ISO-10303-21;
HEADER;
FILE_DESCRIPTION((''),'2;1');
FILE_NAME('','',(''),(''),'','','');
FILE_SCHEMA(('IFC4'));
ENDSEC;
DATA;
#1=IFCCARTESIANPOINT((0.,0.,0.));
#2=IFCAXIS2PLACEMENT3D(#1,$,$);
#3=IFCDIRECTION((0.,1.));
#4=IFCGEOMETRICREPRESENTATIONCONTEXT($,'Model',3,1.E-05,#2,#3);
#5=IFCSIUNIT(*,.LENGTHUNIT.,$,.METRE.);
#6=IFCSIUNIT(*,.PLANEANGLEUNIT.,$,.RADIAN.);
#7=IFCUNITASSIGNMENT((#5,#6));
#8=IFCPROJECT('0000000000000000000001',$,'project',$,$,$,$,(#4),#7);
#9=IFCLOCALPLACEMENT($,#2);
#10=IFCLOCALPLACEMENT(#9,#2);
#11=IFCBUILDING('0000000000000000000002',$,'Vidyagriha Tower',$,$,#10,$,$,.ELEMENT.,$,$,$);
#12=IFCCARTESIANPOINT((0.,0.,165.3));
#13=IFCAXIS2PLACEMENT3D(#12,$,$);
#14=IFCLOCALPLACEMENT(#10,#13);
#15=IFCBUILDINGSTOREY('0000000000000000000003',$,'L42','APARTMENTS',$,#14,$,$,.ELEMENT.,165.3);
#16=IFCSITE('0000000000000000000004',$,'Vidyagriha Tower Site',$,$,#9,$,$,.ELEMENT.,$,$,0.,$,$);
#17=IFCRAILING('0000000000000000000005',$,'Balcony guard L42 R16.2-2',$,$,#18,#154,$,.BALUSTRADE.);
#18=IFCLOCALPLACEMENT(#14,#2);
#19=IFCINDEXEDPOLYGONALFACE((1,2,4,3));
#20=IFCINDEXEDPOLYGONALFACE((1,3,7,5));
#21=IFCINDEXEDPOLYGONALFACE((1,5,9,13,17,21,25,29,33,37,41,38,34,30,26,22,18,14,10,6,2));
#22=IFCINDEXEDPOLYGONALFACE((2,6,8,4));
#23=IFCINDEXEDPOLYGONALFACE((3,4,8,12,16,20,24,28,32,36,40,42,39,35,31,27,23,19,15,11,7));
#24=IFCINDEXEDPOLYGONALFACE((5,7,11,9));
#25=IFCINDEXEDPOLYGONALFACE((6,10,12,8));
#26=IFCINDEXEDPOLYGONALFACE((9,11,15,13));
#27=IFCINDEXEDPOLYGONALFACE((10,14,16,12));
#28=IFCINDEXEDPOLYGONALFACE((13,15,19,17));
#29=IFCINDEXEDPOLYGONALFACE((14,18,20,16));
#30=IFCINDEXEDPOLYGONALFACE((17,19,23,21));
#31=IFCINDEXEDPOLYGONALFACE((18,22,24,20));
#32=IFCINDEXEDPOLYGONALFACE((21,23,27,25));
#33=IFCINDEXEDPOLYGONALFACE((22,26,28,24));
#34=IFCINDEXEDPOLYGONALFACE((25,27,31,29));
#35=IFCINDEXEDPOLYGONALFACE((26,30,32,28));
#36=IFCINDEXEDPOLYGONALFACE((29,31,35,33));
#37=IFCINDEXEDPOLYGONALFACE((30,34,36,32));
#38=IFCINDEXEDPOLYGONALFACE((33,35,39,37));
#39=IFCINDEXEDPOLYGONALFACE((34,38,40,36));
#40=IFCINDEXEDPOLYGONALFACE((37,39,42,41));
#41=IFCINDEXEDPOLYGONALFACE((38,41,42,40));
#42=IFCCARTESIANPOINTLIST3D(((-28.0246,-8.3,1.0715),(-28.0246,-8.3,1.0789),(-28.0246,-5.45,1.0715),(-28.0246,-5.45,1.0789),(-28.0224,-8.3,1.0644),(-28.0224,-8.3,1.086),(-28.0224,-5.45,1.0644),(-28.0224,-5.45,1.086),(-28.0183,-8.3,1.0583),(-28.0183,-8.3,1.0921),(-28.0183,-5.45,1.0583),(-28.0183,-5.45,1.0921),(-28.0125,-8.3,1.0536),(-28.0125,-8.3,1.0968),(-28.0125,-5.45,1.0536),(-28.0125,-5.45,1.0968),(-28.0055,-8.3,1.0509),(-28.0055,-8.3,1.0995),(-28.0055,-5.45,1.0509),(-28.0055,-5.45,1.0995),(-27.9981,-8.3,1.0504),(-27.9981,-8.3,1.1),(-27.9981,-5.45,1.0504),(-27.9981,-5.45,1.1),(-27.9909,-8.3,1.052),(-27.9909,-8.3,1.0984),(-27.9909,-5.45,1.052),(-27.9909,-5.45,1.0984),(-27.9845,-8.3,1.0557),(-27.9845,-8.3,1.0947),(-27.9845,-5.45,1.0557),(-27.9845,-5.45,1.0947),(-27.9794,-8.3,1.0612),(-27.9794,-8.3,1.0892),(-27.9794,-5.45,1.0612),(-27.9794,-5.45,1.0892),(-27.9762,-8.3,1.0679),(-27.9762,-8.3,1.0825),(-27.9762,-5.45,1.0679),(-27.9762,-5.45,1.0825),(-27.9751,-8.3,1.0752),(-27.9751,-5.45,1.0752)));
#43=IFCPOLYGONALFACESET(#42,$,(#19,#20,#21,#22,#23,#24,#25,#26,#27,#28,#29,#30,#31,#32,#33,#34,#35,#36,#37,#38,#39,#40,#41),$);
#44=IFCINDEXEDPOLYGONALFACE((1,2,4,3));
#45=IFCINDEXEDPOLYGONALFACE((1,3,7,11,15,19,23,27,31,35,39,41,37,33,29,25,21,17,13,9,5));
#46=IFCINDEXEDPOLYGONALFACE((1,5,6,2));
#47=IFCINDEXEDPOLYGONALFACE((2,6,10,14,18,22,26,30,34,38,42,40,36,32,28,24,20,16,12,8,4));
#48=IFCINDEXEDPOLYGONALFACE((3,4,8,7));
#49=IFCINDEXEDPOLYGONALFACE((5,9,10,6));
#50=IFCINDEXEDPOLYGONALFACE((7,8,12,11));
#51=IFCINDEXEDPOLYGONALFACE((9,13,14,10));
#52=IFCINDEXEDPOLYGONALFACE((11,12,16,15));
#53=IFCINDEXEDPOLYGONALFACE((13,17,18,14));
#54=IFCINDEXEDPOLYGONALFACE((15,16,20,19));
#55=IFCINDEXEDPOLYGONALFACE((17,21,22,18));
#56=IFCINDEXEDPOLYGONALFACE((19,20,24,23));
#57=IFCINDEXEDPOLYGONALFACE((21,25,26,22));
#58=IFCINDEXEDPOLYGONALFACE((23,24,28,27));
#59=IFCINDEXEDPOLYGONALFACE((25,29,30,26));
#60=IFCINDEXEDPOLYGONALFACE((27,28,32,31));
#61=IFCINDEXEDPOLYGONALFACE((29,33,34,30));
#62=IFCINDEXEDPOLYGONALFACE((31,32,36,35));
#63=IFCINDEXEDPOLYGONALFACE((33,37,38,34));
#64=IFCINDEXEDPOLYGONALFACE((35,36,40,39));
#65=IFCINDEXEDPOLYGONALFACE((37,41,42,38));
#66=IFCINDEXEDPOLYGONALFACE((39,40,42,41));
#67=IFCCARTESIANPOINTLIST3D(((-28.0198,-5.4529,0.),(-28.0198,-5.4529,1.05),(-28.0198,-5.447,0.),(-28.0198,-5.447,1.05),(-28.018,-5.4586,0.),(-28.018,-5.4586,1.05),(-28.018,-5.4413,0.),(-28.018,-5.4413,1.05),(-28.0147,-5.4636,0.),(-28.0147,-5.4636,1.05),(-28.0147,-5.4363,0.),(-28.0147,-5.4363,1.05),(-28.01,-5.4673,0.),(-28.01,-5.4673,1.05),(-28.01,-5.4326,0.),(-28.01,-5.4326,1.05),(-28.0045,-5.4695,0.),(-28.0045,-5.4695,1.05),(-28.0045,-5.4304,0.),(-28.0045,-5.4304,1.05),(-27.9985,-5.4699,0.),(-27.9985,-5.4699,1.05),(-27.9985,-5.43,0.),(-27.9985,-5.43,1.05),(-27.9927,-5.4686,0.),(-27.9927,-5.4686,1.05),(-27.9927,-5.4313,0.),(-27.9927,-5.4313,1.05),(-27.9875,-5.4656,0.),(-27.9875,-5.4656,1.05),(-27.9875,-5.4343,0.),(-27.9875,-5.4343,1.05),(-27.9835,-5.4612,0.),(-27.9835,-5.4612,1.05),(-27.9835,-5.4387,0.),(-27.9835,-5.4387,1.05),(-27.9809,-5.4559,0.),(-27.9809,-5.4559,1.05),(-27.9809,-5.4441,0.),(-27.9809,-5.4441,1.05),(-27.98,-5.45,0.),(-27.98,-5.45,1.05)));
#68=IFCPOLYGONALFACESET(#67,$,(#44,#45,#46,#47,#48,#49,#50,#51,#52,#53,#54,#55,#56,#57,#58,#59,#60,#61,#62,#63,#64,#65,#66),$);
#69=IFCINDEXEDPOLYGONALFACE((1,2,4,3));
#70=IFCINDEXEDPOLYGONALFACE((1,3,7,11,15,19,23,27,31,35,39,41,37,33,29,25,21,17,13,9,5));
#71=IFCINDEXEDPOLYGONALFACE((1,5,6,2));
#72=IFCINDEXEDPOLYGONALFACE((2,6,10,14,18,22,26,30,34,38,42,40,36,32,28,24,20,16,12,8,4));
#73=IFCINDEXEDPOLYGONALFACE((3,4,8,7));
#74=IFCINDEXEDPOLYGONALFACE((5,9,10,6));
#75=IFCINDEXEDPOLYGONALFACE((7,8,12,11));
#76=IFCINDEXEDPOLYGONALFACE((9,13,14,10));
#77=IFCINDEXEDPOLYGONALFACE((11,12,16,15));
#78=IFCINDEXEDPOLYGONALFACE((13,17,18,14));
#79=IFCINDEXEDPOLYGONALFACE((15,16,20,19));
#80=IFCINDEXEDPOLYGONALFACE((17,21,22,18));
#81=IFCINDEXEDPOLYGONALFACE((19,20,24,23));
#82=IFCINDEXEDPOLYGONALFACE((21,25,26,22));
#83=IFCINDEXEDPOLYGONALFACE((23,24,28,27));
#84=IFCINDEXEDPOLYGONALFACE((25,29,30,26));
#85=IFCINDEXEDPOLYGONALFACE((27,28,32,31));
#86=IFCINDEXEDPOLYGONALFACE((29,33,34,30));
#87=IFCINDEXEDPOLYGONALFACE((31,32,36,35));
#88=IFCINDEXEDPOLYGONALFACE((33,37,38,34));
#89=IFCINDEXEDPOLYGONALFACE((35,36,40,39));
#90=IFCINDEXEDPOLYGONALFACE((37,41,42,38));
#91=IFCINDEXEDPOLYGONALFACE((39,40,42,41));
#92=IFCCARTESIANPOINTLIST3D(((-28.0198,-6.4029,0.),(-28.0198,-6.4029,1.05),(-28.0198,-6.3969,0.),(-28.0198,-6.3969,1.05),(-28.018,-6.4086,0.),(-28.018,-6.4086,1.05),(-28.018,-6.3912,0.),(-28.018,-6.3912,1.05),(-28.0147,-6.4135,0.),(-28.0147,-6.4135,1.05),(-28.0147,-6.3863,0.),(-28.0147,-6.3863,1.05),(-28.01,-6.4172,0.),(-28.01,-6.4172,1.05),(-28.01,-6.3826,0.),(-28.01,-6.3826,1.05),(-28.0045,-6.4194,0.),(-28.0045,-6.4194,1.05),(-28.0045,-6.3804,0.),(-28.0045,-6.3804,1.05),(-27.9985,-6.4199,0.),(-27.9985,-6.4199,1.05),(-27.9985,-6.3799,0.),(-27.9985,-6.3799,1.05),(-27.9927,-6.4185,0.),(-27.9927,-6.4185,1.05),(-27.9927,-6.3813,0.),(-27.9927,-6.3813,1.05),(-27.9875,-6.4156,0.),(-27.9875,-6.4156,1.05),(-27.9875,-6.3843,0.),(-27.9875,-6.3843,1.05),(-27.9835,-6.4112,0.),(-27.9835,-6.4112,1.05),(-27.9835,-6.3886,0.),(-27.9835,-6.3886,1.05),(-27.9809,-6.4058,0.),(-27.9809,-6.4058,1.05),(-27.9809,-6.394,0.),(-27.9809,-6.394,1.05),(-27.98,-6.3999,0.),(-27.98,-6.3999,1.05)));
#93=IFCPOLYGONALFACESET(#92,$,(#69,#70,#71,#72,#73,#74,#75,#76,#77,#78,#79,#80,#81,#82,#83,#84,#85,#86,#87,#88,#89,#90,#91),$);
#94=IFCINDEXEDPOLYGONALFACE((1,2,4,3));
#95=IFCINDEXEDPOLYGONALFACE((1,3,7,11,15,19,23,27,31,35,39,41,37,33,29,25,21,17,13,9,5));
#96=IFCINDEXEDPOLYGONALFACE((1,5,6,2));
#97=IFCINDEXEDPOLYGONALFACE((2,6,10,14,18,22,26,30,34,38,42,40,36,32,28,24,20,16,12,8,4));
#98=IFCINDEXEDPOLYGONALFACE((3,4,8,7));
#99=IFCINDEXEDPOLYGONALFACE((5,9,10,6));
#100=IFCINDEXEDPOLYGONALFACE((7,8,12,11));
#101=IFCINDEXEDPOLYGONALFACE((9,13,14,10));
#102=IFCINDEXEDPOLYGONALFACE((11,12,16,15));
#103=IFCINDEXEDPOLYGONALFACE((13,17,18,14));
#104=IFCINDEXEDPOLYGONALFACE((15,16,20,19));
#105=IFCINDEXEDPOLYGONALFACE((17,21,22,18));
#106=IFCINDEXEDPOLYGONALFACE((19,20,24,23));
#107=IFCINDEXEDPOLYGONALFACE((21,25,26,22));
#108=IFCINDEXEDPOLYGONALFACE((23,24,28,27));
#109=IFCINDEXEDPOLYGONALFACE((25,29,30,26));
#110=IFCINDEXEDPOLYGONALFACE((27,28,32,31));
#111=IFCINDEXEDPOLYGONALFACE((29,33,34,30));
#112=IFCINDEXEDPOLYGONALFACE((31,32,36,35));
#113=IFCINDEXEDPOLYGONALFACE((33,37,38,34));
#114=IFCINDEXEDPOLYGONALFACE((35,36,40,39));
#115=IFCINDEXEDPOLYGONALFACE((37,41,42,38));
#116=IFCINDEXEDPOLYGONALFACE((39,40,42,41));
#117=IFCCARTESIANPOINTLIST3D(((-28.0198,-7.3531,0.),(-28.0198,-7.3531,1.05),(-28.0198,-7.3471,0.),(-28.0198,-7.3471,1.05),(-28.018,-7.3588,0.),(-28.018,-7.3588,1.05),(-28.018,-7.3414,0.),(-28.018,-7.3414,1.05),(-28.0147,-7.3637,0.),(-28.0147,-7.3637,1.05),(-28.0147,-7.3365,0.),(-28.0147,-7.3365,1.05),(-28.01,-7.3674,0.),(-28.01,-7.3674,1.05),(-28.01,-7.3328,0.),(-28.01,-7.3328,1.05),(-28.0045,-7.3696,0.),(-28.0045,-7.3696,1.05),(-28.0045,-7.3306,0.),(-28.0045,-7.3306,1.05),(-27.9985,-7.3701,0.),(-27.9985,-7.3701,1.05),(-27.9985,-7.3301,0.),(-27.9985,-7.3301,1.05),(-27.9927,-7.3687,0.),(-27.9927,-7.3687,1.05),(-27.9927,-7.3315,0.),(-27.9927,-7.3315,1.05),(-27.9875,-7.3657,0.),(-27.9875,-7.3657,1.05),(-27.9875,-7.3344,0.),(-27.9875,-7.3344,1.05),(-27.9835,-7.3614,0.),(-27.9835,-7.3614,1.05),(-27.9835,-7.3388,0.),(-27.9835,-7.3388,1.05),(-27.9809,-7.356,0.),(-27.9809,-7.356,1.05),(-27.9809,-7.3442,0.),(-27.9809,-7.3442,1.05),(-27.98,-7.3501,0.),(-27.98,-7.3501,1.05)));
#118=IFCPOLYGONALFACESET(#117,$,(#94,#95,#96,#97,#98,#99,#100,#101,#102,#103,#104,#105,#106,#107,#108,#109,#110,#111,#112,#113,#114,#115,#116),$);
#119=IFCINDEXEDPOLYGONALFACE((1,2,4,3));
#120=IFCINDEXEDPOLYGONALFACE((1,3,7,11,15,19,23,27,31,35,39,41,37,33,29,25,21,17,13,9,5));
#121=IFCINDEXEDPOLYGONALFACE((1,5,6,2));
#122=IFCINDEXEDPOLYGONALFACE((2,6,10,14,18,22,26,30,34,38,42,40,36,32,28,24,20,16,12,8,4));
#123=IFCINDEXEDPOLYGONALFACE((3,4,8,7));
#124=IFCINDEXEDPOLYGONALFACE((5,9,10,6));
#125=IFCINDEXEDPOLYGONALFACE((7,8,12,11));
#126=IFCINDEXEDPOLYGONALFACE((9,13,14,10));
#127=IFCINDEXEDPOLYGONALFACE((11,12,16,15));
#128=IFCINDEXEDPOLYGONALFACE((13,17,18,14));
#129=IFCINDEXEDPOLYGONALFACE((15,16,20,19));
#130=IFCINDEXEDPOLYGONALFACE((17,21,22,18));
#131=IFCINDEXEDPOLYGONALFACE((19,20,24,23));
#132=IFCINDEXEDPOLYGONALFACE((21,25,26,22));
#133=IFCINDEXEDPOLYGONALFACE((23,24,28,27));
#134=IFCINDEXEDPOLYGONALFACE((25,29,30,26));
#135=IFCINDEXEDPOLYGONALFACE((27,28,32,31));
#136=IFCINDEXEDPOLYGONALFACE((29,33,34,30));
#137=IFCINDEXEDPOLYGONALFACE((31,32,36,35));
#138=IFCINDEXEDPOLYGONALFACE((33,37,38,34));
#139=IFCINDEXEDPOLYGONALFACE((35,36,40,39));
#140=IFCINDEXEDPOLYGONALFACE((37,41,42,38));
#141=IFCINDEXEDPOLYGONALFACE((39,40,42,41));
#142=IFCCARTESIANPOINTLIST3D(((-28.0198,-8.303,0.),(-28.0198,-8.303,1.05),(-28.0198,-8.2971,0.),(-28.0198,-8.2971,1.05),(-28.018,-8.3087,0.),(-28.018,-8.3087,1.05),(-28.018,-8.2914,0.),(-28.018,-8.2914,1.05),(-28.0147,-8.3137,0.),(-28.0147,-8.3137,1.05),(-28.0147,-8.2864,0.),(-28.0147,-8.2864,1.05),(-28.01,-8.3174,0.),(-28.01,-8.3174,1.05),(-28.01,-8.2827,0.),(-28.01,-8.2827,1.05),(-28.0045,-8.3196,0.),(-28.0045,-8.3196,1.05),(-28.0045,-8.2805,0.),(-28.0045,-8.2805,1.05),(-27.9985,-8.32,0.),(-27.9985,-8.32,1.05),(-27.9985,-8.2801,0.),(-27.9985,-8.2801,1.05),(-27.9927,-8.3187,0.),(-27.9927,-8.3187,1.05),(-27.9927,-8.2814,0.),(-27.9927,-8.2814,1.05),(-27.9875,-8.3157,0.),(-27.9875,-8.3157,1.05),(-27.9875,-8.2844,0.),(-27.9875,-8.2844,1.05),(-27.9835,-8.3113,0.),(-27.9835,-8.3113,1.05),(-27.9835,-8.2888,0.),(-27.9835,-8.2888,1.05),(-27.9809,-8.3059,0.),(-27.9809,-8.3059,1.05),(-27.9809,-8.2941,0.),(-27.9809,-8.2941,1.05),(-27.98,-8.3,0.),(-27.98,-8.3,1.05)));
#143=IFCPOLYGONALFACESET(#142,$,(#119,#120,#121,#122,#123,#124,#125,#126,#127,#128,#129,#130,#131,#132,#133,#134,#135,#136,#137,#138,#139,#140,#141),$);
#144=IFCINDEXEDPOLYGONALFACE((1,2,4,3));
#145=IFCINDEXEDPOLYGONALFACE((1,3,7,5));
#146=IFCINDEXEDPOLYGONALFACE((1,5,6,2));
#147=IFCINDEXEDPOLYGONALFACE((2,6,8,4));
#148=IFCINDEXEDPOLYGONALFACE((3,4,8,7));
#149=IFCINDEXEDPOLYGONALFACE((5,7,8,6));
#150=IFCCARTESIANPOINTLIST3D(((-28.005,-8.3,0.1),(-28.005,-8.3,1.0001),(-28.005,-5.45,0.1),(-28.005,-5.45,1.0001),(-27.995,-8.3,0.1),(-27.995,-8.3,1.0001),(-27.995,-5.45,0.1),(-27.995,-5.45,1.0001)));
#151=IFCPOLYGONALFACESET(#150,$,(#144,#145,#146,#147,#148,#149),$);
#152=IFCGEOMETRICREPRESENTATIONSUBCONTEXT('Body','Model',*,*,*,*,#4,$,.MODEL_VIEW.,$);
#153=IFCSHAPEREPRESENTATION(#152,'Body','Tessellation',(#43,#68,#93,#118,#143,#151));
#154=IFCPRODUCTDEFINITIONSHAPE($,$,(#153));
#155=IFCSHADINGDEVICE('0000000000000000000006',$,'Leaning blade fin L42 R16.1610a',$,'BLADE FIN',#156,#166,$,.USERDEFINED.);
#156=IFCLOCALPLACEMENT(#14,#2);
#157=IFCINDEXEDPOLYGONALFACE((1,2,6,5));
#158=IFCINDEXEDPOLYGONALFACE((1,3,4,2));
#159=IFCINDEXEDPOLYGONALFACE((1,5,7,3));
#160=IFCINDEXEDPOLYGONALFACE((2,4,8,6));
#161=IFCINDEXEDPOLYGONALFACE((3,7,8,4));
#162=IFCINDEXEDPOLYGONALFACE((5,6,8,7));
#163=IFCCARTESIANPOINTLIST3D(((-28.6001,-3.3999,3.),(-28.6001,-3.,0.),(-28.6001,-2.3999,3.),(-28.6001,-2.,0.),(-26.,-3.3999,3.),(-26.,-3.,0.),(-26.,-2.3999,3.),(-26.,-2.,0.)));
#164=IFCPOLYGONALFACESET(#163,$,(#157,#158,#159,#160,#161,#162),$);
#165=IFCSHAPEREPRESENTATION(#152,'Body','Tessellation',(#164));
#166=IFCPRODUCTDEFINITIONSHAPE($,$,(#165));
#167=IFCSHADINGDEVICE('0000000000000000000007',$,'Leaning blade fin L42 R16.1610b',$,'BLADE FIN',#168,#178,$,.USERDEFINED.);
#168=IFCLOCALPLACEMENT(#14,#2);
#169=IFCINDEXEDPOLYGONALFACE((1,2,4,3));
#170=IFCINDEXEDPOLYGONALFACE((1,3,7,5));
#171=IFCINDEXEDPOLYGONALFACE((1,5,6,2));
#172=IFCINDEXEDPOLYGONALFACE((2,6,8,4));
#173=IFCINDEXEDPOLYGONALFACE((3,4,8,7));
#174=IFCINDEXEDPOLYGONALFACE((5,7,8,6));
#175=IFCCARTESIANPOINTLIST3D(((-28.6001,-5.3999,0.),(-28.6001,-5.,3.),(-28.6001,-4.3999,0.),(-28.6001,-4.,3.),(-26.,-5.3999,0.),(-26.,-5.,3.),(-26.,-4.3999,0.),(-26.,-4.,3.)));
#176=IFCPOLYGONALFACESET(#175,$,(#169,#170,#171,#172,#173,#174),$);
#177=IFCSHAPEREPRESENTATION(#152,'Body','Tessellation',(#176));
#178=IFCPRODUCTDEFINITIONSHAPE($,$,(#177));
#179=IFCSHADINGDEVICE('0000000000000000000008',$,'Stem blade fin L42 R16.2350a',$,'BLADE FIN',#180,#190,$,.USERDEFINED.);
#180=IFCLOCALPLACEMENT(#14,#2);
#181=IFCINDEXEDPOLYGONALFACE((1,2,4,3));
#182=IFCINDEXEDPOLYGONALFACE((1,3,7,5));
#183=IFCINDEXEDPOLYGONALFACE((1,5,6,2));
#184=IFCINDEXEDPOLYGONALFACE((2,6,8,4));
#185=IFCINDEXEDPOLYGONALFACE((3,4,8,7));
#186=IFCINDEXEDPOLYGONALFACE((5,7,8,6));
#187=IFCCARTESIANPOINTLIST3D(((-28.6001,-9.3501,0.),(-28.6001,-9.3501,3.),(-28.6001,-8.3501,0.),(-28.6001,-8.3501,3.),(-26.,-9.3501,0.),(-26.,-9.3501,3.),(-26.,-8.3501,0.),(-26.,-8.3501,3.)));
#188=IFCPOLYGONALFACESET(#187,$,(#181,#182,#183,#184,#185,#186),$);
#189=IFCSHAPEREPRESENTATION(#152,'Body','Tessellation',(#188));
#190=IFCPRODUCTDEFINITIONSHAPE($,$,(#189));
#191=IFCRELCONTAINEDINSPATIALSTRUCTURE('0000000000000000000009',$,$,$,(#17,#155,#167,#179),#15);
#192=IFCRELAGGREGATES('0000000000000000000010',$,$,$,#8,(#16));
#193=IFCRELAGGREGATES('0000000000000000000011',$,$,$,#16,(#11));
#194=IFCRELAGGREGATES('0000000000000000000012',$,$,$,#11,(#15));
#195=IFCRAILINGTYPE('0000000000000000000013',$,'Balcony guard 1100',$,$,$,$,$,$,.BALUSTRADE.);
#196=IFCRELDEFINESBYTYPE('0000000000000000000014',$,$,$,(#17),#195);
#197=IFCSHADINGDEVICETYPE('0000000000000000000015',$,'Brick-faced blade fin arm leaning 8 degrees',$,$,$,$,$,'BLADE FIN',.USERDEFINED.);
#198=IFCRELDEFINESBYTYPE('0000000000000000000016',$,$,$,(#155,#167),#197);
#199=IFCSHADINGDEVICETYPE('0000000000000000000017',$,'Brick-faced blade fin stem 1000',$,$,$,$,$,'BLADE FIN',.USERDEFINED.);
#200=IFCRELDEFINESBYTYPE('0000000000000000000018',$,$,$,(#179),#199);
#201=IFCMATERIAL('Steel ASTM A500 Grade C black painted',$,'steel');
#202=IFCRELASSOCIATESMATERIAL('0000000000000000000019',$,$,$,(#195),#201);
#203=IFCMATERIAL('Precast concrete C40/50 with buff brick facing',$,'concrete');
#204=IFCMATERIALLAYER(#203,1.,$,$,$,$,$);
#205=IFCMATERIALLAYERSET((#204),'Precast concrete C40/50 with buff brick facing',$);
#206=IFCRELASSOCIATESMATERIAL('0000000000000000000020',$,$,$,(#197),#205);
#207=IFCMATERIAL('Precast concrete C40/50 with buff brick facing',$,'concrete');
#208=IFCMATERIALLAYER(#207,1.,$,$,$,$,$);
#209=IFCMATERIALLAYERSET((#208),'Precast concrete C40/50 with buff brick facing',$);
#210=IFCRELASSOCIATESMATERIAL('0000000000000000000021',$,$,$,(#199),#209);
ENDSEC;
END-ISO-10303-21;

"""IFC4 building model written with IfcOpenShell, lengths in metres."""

from ifc_helpers import new_model, si_unit, direction, frame, origin, origin_2d, place, context, subcontext, project, spatial, polyline, rectangle, circle, outline, extrude, material, layer, layer_set, type_object, element, save


model = new_model("IFC4")

# Units and contexts
model_context = context("Model", 3, precision=1e-05, world=origin(), true_north=direction((0.0, 1.0)))
body_context = subcontext(model_context, "Body", "Model", "MODEL_VIEW")
ifc_project = project(units=[si_unit("LENGTHUNIT", "METRE"), si_unit("PLANEANGLEUNIT", "RADIAN")], contexts=[model_context])

# Site, building, storey
site_placement = place(None, origin())
site = spatial("IfcSite", under=ifc_project, at=site_placement, Name="Vidyagriha Tower Site", CompositionType="ELEMENT", RefElevation=0.0)
building_placement = place(site_placement, origin())
building = spatial("IfcBuilding", under=site, at=building_placement, Name="Vidyagriha Tower", CompositionType="ELEMENT")
storey_placement = place(building_placement, frame((0.0, 0.0, 165.3)))
storey = spatial("IfcBuildingStorey", under=building, at=storey_placement, Name="L42", Description="APARTMENTS", CompositionType="ELEMENT", Elevation=165.3)

# Railing
ifc_material_1 = material(Name="Steel ASTM A500 Grade C black painted", Category="steel")
railing_type_1 = type_object("IfcRailingType", Name="Balcony guard 1100", PredefinedType="BALUSTRADE", material=ifc_material_1)
railing_1_placement = place(storey_placement, frame((-28.0, -5.45, 0.0)))
element("IfcRailing", 1, at=railing_1_placement, inside=storey, type_object=railing_type_1, Name="Balcony guard L42 R16.2-2", PredefinedType="BALUSTRADE", context=body_context, shape_type="SweptSolid", body=[
    extrude(circle(Radius=0.0249, at=origin_2d()), frame((0.0, 0.0, 1.0752), z_axis=(0.0, -1.0, 0.0), x_axis=(1.0, 0.0, 0.0)), (0.0, 0.0, 1.0), 2.8501),
    extrude(circle(Radius=0.02, at=origin_2d()), origin(), (0.0, 0.0, 1.0), 1.05),
    extrude(circle(Radius=0.02, at=origin_2d()), frame((0.0, -0.95, 0.0)), (0.0, 0.0, 1.0), 1.05),
    extrude(circle(Radius=0.02, at=origin_2d()), frame((0.0, -1.9001, 0.0)), (0.0, 0.0, 1.0), 1.05),
    extrude(circle(Radius=0.02, at=origin_2d()), frame((0.0, -2.8501, 0.0)), (0.0, 0.0, 1.0), 1.05),
    extrude(rectangle(XDim=0.01, YDim=0.9001, at=origin_2d()), frame((0.0, 0.0, 0.55), z_axis=(0.0, -1.0, 0.0), x_axis=(1.0, 0.0, 0.0)), (0.0, 0.0, 1.0), 2.8501),
])

# Shading devices
ifc_material_2 = material(Name="Precast concrete C40/50 with buff brick facing", Category="concrete")
ifc_layer_1 = layer(ifc_material_2, 1.0)
ifc_layer_set_1 = layer_set([ifc_layer_1], Name="Precast concrete C40/50 with buff brick facing")
shading_device_type_1 = type_object("IfcShadingDeviceType", Name="Brick-faced blade fin arm leaning 8 degrees", ElementType="BLADE FIN", PredefinedType="USERDEFINED", material=ifc_layer_set_1)
shading_device_1_placement = place(storey_placement, frame((-27.3, -2.0, 0.0), z_axis=(0.0, 0.0, 1.0), x_axis=(0.0, -1.0, 0.0)))
element("IfcShadingDevice", 2, at=shading_device_1_placement, inside=storey, type_object=shading_device_type_1, Name="Leaning blade fin L42 R16.1610a", ObjectType="BLADE FIN", PredefinedType="USERDEFINED", context=body_context, shape_type="SweptSolid", body=[
    extrude(outline(polyline([(0.0, 0.0), (1.0, 0.0), (1.3999, 3.0), (0.3999, 3.0), (0.0, 0.0)])), frame((0.0, 1.3, 0.0), z_axis=(0.0, -1.0, 0.0), x_axis=(1.0, 0.0, 0.0)), (0.0, 0.0, 1.0), 2.6001),
])
shading_device_2_placement = place(storey_placement, frame((-27.3, -4.0, 0.0), z_axis=(0.0, 0.0, 1.0), x_axis=(0.0, -1.0, 0.0)))
element("IfcShadingDevice", 3, at=shading_device_2_placement, inside=storey, type_object=shading_device_type_1, Name="Leaning blade fin L42 R16.1610b", ObjectType="BLADE FIN", PredefinedType="USERDEFINED", context=body_context, shape_type="SweptSolid", body=[
    extrude(outline(polyline([(0.3999, 0.0), (1.3999, 0.0), (1.0, 3.0), (0.0, 3.0), (0.3999, 0.0)])), frame((0.0, 1.3, 0.0), z_axis=(0.0, -1.0, 0.0), x_axis=(1.0, 0.0, 0.0)), (0.0, 0.0, 1.0), 2.6001),
])
ifc_material_3 = material(Name="Precast concrete C40/50 with buff brick facing", Category="concrete")
ifc_layer_2 = layer(ifc_material_3, 1.0)
ifc_layer_set_2 = layer_set([ifc_layer_2], Name="Precast concrete C40/50 with buff brick facing")
shading_device_type_2 = type_object("IfcShadingDeviceType", Name="Brick-faced blade fin stem 1000", ElementType="BLADE FIN", PredefinedType="USERDEFINED", material=ifc_layer_set_2)
shading_device_3_placement = place(storey_placement, frame((-27.3, -8.3501, 0.0), z_axis=(0.0, 0.0, 1.0), x_axis=(0.0, -1.0, 0.0)))
element("IfcShadingDevice", 4, at=shading_device_3_placement, inside=storey, type_object=shading_device_type_2, Name="Stem blade fin L42 R16.2350a", ObjectType="BLADE FIN", PredefinedType="USERDEFINED", context=body_context, shape_type="SweptSolid", body=[
    extrude(outline(polyline([(0.0, 0.0), (1.0, 0.0), (1.0, 3.0), (0.0, 3.0), (0.0, 0.0)])), frame((0.0, 1.3, 0.0), z_axis=(0.0, -1.0, 0.0), x_axis=(1.0, 0.0, 0.0)), (0.0, 0.0, 1.0), 2.6001),
])

save(model, "model.ifc")
